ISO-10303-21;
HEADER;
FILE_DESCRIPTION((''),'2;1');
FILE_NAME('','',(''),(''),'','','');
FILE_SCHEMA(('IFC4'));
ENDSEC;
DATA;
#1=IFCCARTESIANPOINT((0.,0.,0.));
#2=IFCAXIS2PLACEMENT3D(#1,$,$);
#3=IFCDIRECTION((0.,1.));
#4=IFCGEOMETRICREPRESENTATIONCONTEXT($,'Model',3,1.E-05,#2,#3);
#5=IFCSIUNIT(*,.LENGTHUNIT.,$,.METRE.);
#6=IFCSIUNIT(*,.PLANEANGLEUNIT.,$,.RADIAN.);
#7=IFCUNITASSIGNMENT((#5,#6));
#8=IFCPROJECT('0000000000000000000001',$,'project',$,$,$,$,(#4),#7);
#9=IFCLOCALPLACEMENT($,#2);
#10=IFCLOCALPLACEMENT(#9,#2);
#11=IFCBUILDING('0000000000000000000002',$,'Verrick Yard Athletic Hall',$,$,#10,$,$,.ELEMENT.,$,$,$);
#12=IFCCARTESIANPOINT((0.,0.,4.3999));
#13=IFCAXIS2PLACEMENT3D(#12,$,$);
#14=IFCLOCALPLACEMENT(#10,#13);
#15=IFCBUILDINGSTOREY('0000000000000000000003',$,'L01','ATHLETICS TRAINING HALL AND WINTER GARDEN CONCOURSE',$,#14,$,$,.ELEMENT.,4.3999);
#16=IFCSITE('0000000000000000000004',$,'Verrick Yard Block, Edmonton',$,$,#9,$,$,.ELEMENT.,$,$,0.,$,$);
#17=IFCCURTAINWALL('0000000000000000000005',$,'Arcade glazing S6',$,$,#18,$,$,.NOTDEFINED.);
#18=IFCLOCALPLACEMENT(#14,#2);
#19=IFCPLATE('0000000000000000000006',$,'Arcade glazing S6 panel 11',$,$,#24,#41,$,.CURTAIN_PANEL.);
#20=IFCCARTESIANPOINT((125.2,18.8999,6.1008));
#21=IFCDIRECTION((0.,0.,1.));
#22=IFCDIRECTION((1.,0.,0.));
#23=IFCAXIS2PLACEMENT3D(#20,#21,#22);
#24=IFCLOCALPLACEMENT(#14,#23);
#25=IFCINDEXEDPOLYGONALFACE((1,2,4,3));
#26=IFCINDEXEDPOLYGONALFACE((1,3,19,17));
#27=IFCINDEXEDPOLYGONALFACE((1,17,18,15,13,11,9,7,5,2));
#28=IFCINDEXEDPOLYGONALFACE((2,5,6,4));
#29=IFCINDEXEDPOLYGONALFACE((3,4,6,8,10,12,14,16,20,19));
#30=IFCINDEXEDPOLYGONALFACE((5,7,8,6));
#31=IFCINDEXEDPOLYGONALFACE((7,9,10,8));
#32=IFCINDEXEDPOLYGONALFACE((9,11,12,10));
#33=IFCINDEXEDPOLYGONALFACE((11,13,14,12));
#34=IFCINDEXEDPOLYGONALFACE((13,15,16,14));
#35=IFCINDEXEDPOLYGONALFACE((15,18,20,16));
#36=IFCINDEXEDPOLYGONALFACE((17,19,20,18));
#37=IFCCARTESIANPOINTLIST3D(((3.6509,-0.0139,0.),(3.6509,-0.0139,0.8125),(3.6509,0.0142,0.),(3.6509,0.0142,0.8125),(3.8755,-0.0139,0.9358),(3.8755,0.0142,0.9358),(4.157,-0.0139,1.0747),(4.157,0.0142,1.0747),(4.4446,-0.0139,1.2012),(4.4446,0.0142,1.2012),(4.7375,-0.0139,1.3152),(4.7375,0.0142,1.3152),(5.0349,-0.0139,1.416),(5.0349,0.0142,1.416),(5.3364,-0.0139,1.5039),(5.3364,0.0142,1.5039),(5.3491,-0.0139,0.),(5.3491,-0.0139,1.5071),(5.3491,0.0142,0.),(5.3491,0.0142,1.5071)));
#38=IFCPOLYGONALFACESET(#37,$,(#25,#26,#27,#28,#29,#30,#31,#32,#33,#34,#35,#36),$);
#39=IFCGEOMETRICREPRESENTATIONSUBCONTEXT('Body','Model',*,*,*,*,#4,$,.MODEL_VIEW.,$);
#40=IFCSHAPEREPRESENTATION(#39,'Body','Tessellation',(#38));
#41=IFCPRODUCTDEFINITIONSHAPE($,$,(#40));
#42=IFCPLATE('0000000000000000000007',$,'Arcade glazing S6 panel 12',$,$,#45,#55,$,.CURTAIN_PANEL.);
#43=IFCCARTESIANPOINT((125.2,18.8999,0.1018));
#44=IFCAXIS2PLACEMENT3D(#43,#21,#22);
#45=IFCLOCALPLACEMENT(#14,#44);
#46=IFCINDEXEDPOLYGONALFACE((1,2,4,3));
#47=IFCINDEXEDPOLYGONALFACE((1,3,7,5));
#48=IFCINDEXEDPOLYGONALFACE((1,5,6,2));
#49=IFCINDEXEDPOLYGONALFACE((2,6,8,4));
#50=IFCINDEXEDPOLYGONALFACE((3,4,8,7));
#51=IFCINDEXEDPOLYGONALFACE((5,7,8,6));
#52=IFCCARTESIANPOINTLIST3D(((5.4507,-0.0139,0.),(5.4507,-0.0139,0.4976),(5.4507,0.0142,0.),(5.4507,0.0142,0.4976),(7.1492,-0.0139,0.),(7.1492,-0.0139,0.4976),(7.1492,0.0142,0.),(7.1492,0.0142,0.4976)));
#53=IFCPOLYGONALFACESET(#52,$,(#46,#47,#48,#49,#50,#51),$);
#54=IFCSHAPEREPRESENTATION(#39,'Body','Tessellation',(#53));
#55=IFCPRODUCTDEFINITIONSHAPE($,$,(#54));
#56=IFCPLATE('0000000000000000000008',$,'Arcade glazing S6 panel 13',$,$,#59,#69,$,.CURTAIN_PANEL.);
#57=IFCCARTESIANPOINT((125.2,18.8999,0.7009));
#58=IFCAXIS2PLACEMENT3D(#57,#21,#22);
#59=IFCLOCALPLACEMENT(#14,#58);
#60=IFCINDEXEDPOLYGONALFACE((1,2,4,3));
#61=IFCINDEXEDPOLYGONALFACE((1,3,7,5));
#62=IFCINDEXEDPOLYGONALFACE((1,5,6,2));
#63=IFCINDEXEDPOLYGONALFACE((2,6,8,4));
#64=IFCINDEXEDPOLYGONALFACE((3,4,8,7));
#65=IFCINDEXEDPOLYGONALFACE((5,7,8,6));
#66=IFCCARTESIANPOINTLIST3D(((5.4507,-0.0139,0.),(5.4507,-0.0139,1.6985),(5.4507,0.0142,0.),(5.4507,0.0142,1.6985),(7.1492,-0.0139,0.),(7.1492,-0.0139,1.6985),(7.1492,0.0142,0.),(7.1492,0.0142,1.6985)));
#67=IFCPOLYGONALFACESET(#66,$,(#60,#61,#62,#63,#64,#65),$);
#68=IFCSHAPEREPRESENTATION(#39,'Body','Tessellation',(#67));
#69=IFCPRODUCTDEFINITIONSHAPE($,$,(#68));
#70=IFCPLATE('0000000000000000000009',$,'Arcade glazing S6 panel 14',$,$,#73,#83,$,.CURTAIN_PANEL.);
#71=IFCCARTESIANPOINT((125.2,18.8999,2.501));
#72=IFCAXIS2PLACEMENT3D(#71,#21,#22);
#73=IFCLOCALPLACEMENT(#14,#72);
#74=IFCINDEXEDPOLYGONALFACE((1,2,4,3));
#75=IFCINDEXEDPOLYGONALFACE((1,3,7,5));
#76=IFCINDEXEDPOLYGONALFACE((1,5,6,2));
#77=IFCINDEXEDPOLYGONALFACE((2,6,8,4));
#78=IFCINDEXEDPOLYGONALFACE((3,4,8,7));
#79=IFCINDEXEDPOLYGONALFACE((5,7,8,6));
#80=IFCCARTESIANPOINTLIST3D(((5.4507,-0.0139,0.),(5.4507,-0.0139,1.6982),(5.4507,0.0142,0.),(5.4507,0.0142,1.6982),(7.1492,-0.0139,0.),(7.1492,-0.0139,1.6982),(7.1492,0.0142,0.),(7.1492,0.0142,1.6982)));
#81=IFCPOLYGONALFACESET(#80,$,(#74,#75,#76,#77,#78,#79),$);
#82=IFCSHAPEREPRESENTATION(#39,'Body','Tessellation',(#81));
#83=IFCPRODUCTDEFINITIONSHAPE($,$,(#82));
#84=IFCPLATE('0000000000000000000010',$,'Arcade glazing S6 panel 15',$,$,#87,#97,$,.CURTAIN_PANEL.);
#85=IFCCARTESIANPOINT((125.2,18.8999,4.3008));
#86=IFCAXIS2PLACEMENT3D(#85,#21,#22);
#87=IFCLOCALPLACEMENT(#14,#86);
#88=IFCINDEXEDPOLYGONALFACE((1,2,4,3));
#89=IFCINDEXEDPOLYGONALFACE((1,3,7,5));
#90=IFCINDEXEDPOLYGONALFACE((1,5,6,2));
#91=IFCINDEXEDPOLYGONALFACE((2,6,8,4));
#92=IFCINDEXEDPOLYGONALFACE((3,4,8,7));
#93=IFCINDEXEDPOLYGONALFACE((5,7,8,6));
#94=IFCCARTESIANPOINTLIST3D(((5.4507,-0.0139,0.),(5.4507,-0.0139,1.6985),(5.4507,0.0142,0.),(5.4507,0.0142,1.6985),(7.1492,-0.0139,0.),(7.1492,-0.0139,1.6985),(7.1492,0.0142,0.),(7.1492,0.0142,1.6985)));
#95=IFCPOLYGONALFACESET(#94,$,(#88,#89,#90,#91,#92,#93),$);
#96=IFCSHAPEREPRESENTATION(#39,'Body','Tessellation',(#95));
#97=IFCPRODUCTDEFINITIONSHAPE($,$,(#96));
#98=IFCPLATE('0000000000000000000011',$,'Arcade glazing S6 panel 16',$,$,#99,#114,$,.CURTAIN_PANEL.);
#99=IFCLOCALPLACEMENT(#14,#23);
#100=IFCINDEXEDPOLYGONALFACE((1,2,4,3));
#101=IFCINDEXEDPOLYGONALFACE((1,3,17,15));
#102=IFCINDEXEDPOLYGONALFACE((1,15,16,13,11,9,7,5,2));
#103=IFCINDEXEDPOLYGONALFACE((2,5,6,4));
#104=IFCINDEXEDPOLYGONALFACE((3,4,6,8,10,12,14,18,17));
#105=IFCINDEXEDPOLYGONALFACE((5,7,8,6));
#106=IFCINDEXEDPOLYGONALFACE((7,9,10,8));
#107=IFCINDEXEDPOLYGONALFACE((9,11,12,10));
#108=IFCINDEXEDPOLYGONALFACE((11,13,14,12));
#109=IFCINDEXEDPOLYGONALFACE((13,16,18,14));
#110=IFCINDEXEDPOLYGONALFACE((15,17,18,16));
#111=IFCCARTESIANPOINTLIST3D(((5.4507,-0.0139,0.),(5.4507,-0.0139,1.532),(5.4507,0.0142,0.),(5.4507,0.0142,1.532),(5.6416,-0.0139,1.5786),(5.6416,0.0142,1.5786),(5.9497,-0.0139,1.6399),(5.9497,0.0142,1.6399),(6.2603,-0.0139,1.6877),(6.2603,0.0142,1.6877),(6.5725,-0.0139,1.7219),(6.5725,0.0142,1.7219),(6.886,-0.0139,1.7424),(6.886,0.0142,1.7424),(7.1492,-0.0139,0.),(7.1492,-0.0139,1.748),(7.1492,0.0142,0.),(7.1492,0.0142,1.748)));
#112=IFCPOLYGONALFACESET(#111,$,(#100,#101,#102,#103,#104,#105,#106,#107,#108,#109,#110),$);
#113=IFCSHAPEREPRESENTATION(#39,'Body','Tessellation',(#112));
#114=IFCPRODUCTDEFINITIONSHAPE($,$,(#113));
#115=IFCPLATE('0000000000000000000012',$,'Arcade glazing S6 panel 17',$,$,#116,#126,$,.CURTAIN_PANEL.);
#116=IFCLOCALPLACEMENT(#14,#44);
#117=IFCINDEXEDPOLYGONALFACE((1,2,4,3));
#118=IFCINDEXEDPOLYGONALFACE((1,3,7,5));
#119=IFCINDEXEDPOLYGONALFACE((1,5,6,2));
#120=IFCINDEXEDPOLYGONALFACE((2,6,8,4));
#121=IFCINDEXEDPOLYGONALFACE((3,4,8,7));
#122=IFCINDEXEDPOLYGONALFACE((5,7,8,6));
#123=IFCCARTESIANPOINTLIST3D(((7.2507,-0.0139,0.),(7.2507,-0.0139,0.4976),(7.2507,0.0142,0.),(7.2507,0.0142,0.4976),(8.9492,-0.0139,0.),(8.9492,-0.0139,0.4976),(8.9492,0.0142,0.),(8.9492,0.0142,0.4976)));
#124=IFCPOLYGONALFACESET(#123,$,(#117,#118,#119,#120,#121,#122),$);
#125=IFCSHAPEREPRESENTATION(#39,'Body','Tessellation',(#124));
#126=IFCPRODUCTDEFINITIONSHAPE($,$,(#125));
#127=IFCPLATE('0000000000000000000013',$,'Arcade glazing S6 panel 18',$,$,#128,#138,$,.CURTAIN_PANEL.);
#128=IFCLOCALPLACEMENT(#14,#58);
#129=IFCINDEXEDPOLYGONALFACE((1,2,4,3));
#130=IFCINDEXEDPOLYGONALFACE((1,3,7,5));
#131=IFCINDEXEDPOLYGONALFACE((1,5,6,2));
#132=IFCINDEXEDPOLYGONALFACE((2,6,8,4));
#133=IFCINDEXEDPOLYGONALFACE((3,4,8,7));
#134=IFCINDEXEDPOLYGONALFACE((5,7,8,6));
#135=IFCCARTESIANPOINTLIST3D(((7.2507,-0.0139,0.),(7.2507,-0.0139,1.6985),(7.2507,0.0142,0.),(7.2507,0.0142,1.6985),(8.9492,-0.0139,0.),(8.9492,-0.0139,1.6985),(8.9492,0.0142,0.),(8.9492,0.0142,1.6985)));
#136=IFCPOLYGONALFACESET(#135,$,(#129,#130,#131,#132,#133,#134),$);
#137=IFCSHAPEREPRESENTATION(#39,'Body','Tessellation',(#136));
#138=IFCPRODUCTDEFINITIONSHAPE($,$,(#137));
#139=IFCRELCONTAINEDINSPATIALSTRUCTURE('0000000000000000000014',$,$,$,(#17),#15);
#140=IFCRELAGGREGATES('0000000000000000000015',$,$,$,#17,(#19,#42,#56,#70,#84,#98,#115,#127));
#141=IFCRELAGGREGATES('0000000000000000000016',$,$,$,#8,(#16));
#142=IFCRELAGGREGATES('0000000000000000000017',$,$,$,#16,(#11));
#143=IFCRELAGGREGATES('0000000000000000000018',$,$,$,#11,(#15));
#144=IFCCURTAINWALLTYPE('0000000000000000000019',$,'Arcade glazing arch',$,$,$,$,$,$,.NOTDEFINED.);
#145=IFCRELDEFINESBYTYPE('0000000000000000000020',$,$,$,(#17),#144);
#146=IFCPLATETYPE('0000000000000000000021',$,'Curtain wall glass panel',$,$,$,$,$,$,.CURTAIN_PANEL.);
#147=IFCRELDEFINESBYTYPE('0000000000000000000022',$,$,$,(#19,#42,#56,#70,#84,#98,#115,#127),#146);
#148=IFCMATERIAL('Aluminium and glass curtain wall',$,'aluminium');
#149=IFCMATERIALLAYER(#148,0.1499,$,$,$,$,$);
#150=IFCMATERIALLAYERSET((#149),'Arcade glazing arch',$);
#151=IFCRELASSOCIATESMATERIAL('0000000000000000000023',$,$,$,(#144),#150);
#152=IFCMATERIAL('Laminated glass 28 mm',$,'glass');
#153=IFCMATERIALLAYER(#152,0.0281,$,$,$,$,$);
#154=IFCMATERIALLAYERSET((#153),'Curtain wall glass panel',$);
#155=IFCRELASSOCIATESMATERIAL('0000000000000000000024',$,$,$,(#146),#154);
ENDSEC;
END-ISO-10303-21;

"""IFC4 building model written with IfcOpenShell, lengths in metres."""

from ifc_helpers import new_model, si_unit, direction, frame, origin, place, context, subcontext, project, spatial, polyline, outline, extrude, material, layer, layer_set, type_object, element, aggregate, save


model = new_model("IFC4")

# Units and contexts
model_context = context("Model", 3, precision=1e-05, world=origin(), true_north=direction((0.0, 1.0)))
body_context = subcontext(model_context, "Body", "Model", "MODEL_VIEW")
ifc_project = project(units=[si_unit("LENGTHUNIT", "METRE"), si_unit("PLANEANGLEUNIT", "RADIAN")], contexts=[model_context])

# Site, building, storey
site_placement = place(None, origin())
site = spatial("IfcSite", under=ifc_project, at=site_placement, Name="Verrick Yard Block, Edmonton", CompositionType="ELEMENT", RefElevation=0.0)
building_placement = place(site_placement, origin())
building = spatial("IfcBuilding", under=site, at=building_placement, Name="Verrick Yard Athletic Hall", CompositionType="ELEMENT")
storey_placement = place(building_placement, frame((0.0, 0.0, 4.3999)))
storey = spatial("IfcBuildingStorey", under=building, at=storey_placement, Name="L01", Description="ATHLETICS TRAINING HALL AND WINTER GARDEN CONCOURSE", CompositionType="ELEMENT", Elevation=4.3999)

# Shared definitions
ifc_material_1 = material(Name="Aluminium and glass curtain wall", Category="aluminium")
ifc_layer_1 = layer(ifc_material_1, 0.1499)
ifc_layer_set_1 = layer_set([ifc_layer_1], Name="Arcade glazing arch")
curtain_wall_type = type_object("IfcCurtainWallType", Name="Arcade glazing arch", PredefinedType="NOTDEFINED", material=ifc_layer_set_1)

# Curtain wall, plates
curtain_wall_1_placement = place(storey_placement, origin())
curtain_wall_1 = element("IfcCurtainWall", 1, at=curtain_wall_1_placement, inside=storey, type_object=curtain_wall_type, Name="Arcade glazing S6", PredefinedType="NOTDEFINED")
ifc_material_2 = material(Name="Laminated glass 28 mm", Category="glass")
ifc_layer_2 = layer(ifc_material_2, 0.0281)
ifc_layer_set_2 = layer_set([ifc_layer_2], Name="Curtain wall glass panel")
plate_type = type_object("IfcPlateType", Name="Curtain wall glass panel", PredefinedType="CURTAIN_PANEL", material=ifc_layer_set_2)
plate_1_placement = place(storey_placement, frame((125.2, 18.8999, 6.1008), z_axis=(0.0, 0.0, 1.0), x_axis=(1.0, 0.0, 0.0)))
plate_1 = element("IfcPlate", 2, at=plate_1_placement, type_object=plate_type, Name="Arcade glazing S6 panel 11", PredefinedType="CURTAIN_PANEL", context=body_context, shape_type="SweptSolid", body=[
    extrude(outline(polyline([(5.3491, 1.5071), (5.3364, 1.5039), (5.0349, 1.416), (4.7375, 1.3152), (4.4446, 1.2012), (4.157, 1.0747), (3.8755, 0.9358), (3.6509, 0.8125), (3.6509, 0.0), (5.3491, 0.0), (5.3491, 1.5071)])), frame((0.0, 0.0142, 0.0), z_axis=(0.0, -1.0, 0.0), x_axis=(1.0, 0.0, 0.0)), (0.0, 0.0, 1.0), 0.0281),
])
plate_2_placement = place(storey_placement, frame((125.2, 18.8999, 0.1018), z_axis=(0.0, 0.0, 1.0), x_axis=(1.0, 0.0, 0.0)))
plate_2 = element("IfcPlate", 3, at=plate_2_placement, type_object=plate_type, Name="Arcade glazing S6 panel 12", PredefinedType="CURTAIN_PANEL", context=body_context, shape_type="SweptSolid", body=[
    extrude(outline(polyline([(7.1492, 0.0), (7.1492, 0.4976), (5.4507, 0.4976), (5.4507, 0.0), (7.1492, 0.0)])), frame((0.0, 0.0142, 0.0), z_axis=(0.0, -1.0, 0.0), x_axis=(1.0, 0.0, 0.0)), (0.0, 0.0, 1.0), 0.0281),
])
plate_3_placement = place(storey_placement, frame((125.2, 18.8999, 0.7009), z_axis=(0.0, 0.0, 1.0), x_axis=(1.0, 0.0, 0.0)))
plate_3 = element("IfcPlate", 4, at=plate_3_placement, type_object=plate_type, Name="Arcade glazing S6 panel 13", PredefinedType="CURTAIN_PANEL", context=body_context, shape_type="SweptSolid", body=[
    extrude(outline(polyline([(7.1492, 0.0), (7.1492, 1.6985), (5.4507, 1.6985), (5.4507, 0.0), (7.1492, 0.0)])), frame((0.0, 0.0142, 0.0), z_axis=(0.0, -1.0, 0.0), x_axis=(1.0, 0.0, 0.0)), (0.0, 0.0, 1.0), 0.0281),
])
plate_4_placement = place(storey_placement, frame((125.2, 18.8999, 2.501), z_axis=(0.0, 0.0, 1.0), x_axis=(1.0, 0.0, 0.0)))
plate_4 = element("IfcPlate", 5, at=plate_4_placement, type_object=plate_type, Name="Arcade glazing S6 panel 14", PredefinedType="CURTAIN_PANEL", context=body_context, shape_type="SweptSolid", body=[
    extrude(outline(polyline([(7.1492, 0.0), (7.1492, 1.6982), (5.4507, 1.6982), (5.4507, 0.0), (7.1492, 0.0)])), frame((0.0, 0.0142, 0.0), z_axis=(0.0, -1.0, 0.0), x_axis=(1.0, 0.0, 0.0)), (0.0, 0.0, 1.0), 0.0281),
])
plate_5_placement = place(storey_placement, frame((125.2, 18.8999, 4.3008), z_axis=(0.0, 0.0, 1.0), x_axis=(1.0, 0.0, 0.0)))
plate_5 = element("IfcPlate", 6, at=plate_5_placement, type_object=plate_type, Name="Arcade glazing S6 panel 15", PredefinedType="CURTAIN_PANEL", context=body_context, shape_type="SweptSolid", body=[
    extrude(outline(polyline([(7.1492, 0.0), (7.1492, 1.6985), (5.4507, 1.6985), (5.4507, 0.0), (7.1492, 0.0)])), frame((0.0, 0.0142, 0.0), z_axis=(0.0, -1.0, 0.0), x_axis=(1.0, 0.0, 0.0)), (0.0, 0.0, 1.0), 0.0281),
])
plate_6_placement = place(storey_placement, frame((125.2, 18.8999, 6.1008), z_axis=(0.0, 0.0, 1.0), x_axis=(1.0, 0.0, 0.0)))
plate_6 = element("IfcPlate", 7, at=plate_6_placement, type_object=plate_type, Name="Arcade glazing S6 panel 16", PredefinedType="CURTAIN_PANEL", context=body_context, shape_type="SweptSolid", body=[
    extrude(outline(polyline([(7.1492, 1.748), (6.886, 1.7424), (6.5725, 1.7219), (6.2603, 1.6877), (5.9497, 1.6399), (5.6416, 1.5786), (5.4507, 1.532), (5.4507, 0.0), (7.1492, 0.0), (7.1492, 1.748)])), frame((0.0, 0.0142, 0.0), z_axis=(0.0, -1.0, 0.0), x_axis=(1.0, 0.0, 0.0)), (0.0, 0.0, 1.0), 0.0281),
])
plate_7_placement = place(storey_placement, frame((125.2, 18.8999, 0.1018), z_axis=(0.0, 0.0, 1.0), x_axis=(1.0, 0.0, 0.0)))
plate_7 = element("IfcPlate", 8, at=plate_7_placement, type_object=plate_type, Name="Arcade glazing S6 panel 17", PredefinedType="CURTAIN_PANEL", context=body_context, shape_type="SweptSolid", body=[
    extrude(outline(polyline([(8.9492, 0.0), (8.9492, 0.4976), (7.2507, 0.4976), (7.2507, 0.0), (8.9492, 0.0)])), frame((0.0, 0.0142, 0.0), z_axis=(0.0, -1.0, 0.0), x_axis=(1.0, 0.0, 0.0)), (0.0, 0.0, 1.0), 0.0281),
])
plate_8_placement = place(storey_placement, frame((125.2, 18.8999, 0.7009), z_axis=(0.0, 0.0, 1.0), x_axis=(1.0, 0.0, 0.0)))
plate_8 = element("IfcPlate", 9, at=plate_8_placement, type_object=plate_type, Name="Arcade glazing S6 panel 18", PredefinedType="CURTAIN_PANEL", context=body_context, shape_type="SweptSolid", body=[
    extrude(outline(polyline([(8.9492, 0.0), (8.9492, 1.6985), (7.2507, 1.6985), (7.2507, 0.0), (8.9492, 0.0)])), frame((0.0, 0.0142, 0.0), z_axis=(0.0, -1.0, 0.0), x_axis=(1.0, 0.0, 0.0)), (0.0, 0.0, 1.0), 0.0281),
])
aggregate(curtain_wall_1, [plate_1, plate_2, plate_3, plate_4, plate_5, plate_6, plate_7, plate_8])

save(model, "model.ifc")
